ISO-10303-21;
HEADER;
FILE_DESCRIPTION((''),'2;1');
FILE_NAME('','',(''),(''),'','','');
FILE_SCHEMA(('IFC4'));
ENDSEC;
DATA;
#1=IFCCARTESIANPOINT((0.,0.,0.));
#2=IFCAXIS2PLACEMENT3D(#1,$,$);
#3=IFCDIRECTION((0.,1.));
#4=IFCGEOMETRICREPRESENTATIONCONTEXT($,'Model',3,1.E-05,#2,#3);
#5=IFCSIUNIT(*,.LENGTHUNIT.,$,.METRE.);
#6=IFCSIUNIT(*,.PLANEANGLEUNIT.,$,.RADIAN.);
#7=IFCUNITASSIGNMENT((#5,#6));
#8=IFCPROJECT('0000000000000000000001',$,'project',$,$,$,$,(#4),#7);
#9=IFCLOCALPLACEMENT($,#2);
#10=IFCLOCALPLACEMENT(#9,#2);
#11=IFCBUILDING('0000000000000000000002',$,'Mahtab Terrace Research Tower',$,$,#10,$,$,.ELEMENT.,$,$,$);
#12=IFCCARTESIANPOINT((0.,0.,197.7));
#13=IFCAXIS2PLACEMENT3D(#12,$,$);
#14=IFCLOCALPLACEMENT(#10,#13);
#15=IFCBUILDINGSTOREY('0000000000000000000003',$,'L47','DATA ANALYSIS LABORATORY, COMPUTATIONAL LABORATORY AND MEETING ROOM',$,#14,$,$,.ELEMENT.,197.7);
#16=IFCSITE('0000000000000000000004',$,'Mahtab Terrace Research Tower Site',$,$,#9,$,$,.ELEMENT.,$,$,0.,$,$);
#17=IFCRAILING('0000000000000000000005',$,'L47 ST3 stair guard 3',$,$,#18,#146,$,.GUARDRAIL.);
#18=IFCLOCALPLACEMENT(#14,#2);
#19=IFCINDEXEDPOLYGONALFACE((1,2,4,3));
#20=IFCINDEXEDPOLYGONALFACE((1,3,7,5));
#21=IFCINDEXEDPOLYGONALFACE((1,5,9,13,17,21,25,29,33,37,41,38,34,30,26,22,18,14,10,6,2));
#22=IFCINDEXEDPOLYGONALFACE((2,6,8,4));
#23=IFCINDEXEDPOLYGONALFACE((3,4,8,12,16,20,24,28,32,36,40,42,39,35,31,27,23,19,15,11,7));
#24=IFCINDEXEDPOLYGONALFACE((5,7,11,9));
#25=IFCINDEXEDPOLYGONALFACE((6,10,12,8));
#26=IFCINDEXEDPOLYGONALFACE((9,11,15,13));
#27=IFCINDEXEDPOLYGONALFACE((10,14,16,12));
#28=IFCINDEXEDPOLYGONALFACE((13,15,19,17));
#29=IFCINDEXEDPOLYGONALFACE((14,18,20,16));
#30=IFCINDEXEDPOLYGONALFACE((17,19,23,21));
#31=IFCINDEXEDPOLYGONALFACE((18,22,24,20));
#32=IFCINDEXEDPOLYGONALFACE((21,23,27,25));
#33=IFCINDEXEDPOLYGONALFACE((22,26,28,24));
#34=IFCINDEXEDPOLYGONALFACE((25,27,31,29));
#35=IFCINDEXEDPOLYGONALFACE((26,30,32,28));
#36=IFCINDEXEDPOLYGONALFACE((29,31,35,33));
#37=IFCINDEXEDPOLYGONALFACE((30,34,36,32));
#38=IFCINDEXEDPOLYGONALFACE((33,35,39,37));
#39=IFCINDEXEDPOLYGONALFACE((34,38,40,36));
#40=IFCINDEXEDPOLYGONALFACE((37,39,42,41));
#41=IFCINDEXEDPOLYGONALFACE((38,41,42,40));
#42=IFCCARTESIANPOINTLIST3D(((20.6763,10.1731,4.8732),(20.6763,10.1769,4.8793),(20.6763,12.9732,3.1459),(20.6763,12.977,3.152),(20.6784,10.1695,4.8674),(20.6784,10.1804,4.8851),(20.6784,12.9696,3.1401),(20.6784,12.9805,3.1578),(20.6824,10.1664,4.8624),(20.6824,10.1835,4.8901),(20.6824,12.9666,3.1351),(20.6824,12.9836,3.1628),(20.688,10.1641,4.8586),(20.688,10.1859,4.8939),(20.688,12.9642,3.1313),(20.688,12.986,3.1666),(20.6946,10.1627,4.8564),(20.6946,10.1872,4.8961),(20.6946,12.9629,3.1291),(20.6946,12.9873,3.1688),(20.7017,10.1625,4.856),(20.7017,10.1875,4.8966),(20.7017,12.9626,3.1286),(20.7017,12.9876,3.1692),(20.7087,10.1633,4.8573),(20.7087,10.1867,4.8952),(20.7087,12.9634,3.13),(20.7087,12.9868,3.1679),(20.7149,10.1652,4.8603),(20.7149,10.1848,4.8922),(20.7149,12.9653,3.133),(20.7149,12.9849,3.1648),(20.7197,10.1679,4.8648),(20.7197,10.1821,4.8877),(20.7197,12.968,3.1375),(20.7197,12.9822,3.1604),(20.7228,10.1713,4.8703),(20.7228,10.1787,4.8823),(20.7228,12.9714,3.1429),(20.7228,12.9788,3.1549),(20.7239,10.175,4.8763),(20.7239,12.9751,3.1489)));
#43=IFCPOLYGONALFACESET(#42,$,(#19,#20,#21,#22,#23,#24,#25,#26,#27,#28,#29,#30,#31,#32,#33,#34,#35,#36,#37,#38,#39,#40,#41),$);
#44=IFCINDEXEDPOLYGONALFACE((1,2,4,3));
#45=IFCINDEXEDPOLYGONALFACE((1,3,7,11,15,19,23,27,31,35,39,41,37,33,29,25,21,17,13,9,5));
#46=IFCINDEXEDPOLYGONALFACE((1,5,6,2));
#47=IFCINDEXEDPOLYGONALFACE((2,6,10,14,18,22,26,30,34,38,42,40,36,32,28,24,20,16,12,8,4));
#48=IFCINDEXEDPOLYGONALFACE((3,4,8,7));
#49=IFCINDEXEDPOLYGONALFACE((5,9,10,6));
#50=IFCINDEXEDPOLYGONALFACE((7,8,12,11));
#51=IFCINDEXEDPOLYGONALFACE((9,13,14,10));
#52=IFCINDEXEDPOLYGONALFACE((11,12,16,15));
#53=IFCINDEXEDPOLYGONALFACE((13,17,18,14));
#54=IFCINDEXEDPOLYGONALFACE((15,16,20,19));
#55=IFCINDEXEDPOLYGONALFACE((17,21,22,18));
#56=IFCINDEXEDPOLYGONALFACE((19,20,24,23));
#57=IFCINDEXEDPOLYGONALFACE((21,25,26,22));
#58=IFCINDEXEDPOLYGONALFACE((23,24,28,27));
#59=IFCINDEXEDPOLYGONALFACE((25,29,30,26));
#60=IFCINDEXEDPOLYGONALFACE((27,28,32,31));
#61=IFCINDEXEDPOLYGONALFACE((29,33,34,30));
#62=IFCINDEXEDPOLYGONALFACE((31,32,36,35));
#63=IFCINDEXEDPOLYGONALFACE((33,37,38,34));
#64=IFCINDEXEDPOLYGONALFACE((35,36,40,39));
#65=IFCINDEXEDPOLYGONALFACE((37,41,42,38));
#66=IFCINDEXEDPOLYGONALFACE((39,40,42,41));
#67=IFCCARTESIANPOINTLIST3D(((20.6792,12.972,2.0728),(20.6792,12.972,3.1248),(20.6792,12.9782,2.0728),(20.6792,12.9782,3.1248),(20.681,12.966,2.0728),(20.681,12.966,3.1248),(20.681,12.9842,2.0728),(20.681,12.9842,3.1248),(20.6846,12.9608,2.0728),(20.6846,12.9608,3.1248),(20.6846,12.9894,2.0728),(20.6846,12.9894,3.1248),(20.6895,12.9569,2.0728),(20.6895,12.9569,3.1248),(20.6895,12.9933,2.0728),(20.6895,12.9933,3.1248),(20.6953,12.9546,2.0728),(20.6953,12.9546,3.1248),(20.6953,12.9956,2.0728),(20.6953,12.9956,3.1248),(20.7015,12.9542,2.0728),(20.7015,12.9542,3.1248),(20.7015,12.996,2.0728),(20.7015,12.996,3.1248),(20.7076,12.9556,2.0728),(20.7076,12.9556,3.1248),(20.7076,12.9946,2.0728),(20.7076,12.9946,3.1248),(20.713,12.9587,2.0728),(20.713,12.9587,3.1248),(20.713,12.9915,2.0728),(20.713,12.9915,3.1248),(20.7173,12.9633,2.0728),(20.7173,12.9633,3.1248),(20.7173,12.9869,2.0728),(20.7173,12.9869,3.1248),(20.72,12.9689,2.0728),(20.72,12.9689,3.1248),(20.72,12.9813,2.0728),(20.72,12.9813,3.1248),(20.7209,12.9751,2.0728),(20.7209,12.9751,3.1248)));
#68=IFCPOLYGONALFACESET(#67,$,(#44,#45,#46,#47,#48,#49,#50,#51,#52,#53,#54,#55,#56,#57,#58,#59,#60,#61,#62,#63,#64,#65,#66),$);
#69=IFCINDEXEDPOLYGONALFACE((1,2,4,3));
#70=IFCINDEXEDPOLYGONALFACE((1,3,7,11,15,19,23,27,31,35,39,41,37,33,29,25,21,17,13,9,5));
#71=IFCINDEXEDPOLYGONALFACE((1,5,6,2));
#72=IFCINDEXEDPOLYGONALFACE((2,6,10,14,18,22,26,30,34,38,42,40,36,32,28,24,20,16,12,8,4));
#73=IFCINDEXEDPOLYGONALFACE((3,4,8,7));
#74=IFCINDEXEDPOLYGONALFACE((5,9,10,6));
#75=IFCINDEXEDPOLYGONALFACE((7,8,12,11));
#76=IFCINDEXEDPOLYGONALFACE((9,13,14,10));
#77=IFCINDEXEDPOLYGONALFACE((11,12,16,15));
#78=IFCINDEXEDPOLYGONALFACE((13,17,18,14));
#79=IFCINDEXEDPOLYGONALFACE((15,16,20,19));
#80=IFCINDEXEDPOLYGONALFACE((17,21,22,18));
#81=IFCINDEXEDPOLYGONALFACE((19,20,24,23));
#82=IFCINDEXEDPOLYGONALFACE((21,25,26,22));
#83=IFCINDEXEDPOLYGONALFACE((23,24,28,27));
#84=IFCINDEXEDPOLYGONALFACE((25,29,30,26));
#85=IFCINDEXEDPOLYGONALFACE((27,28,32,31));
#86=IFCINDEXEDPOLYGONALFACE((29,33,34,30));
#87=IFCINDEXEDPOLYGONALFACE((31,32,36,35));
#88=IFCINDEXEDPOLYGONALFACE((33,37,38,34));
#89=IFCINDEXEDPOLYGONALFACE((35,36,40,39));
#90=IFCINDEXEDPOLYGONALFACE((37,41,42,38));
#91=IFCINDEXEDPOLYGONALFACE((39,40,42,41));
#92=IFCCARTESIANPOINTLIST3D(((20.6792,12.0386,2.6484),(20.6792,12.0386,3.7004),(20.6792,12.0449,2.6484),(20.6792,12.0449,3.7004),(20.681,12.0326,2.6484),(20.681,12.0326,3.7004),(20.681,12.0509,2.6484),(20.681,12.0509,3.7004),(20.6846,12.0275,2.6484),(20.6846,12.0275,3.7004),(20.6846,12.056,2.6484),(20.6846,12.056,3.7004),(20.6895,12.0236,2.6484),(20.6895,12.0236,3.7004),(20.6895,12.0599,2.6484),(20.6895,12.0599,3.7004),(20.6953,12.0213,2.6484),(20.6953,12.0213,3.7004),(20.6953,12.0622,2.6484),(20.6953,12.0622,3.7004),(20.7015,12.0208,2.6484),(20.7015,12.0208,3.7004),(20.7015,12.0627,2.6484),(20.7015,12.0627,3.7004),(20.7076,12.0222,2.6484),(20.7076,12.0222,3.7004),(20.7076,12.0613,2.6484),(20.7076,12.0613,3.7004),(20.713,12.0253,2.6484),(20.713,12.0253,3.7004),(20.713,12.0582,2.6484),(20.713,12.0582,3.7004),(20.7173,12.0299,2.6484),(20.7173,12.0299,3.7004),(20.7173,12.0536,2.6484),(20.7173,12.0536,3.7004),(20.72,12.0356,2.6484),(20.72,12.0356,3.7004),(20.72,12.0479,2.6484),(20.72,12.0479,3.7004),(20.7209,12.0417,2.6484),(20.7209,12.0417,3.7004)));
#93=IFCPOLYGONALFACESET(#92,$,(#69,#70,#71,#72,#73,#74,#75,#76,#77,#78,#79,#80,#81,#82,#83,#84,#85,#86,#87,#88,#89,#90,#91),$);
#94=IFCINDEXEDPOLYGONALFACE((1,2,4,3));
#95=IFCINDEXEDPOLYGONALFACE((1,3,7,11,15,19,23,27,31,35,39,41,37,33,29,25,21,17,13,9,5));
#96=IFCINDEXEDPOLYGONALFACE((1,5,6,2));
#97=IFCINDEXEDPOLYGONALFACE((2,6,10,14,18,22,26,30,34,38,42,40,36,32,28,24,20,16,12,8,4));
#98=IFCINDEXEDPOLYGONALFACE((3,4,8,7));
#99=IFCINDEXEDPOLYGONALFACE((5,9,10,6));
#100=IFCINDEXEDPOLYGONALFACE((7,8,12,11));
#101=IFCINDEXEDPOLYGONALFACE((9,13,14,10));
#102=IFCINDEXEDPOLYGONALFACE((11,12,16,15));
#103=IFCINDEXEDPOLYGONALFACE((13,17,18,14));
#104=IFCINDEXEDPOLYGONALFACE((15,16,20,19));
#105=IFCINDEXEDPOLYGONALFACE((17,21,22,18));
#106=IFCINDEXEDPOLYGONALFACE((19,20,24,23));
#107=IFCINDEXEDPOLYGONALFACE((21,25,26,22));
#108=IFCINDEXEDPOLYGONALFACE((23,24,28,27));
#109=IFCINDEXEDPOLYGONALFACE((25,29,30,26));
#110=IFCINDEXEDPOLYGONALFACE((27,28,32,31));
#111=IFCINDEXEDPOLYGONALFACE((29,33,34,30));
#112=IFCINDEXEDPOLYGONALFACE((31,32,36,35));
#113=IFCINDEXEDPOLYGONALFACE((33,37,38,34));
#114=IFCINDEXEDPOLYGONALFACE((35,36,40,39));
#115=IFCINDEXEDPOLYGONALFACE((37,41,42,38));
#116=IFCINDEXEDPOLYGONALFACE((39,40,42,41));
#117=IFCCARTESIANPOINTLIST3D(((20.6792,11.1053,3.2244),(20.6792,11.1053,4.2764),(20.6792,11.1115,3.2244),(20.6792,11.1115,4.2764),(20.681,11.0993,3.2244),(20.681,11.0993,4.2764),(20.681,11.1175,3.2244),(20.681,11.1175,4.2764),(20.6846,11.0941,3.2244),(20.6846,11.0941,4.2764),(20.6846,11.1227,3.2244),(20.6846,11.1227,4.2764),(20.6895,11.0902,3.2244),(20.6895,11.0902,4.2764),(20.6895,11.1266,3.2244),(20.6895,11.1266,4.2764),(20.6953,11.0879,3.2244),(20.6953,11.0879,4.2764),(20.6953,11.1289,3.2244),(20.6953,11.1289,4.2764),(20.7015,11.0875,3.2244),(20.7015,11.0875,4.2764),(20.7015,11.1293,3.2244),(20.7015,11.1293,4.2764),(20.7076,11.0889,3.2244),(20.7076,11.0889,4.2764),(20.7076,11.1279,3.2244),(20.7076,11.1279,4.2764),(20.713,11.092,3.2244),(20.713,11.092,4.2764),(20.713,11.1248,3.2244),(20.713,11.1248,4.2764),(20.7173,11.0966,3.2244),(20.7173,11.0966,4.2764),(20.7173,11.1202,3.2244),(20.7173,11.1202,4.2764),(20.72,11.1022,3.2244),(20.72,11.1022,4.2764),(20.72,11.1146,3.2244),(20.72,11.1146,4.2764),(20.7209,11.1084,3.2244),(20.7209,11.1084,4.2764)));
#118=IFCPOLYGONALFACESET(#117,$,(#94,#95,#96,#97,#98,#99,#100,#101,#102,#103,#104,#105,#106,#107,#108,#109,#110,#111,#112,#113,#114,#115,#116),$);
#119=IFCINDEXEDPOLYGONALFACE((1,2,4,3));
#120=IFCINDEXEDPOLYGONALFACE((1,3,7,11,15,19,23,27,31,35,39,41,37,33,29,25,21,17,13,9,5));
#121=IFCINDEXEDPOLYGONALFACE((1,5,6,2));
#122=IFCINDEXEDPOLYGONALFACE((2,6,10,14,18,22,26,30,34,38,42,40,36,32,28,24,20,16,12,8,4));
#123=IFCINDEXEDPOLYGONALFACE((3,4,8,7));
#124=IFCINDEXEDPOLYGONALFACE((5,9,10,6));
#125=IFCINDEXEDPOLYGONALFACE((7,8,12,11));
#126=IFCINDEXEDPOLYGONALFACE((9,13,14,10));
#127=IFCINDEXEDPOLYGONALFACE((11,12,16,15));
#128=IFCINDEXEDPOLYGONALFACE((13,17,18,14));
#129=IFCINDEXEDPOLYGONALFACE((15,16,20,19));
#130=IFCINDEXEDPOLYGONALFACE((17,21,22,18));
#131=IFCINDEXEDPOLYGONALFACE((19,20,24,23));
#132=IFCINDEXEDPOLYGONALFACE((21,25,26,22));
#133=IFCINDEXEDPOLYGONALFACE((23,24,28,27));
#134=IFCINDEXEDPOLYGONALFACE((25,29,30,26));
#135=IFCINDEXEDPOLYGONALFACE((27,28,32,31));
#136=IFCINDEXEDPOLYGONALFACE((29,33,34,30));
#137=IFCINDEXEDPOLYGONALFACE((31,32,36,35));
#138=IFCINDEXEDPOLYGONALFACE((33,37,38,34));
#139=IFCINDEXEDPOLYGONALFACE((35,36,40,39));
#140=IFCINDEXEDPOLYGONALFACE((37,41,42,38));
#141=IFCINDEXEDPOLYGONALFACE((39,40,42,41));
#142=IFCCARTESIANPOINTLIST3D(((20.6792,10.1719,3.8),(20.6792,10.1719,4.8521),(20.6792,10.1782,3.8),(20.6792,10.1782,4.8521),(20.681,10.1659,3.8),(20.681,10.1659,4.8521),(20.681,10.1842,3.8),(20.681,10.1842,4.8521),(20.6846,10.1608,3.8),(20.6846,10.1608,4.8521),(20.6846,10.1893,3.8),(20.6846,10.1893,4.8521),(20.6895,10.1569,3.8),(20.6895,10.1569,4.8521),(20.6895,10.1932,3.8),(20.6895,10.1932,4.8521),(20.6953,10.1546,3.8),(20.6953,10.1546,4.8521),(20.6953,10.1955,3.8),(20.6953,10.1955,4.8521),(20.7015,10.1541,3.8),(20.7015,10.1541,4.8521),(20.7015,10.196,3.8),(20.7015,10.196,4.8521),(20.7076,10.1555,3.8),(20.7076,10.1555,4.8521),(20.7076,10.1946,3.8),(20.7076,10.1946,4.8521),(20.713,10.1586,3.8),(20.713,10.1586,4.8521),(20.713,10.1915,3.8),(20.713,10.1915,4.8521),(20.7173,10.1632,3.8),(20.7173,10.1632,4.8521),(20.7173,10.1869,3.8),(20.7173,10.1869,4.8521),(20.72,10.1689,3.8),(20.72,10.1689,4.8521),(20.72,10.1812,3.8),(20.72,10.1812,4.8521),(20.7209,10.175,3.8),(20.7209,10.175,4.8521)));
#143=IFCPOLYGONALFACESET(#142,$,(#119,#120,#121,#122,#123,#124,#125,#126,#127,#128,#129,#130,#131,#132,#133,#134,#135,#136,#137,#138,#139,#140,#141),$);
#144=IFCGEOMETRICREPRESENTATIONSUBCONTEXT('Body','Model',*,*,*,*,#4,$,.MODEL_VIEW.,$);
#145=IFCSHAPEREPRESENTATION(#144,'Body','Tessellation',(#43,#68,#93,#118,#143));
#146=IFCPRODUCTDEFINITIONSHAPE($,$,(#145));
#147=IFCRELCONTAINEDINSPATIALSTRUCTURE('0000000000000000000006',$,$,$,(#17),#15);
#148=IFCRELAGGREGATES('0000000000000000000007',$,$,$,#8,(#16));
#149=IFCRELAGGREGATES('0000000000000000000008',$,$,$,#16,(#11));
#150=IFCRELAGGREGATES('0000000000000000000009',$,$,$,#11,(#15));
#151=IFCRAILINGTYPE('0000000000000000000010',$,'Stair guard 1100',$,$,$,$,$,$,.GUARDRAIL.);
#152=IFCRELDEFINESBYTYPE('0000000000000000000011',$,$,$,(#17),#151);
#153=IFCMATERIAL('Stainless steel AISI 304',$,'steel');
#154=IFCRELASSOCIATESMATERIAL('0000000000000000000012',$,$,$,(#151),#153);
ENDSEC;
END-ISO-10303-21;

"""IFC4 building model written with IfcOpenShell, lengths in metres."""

from ifc_helpers import new_model, si_unit, direction, frame, origin, origin_2d, place, context, subcontext, project, spatial, circle, extrude, material, type_object, element, save


model = new_model("IFC4")

# Units and contexts
model_context = context("Model", 3, precision=1e-05, world=origin(), true_north=direction((0.0, 1.0)))
body_context = subcontext(model_context, "Body", "Model", "MODEL_VIEW")
ifc_project = project(units=[si_unit("LENGTHUNIT", "METRE"), si_unit("PLANEANGLEUNIT", "RADIAN")], contexts=[model_context])

# Site, building, storey
site_placement = place(None, origin())
site = spatial("IfcSite", under=ifc_project, at=site_placement, Name="Mahtab Terrace Research Tower Site", CompositionType="ELEMENT", RefElevation=0.0)
building_placement = place(site_placement, origin())
building = spatial("IfcBuilding", under=site, at=building_placement, Name="Mahtab Terrace Research Tower", CompositionType="ELEMENT")
storey_placement = place(building_placement, frame((0.0, 0.0, 197.7)))
storey = spatial("IfcBuildingStorey", under=building, at=storey_placement, Name="L47", Description="DATA ANALYSIS LABORATORY, COMPUTATIONAL LABORATORY AND MEETING ROOM", CompositionType="ELEMENT", Elevation=197.7)

# Railing
ifc_material_1 = material(Name="Stainless steel AISI 304", Category="steel")
railing_type_1 = type_object("IfcRailingType", Name="Stair guard 1100", PredefinedType="GUARDRAIL", material=ifc_material_1)
railing_1_placement = place(storey_placement, frame((20.7, 12.9751, 2.0728)))
element("IfcRailing", 1, at=railing_1_placement, inside=storey, type_object=railing_type_1, Name="L47 ST3 stair guard 3", PredefinedType="GUARDRAIL", context=body_context, shape_type="SweptSolid", body=[
    extrude(circle(Radius=0.0239, at=origin_2d()), frame((0.0, 0.0, 1.0762), z_axis=(0.0, -0.85109, 0.52502), x_axis=(1.0, 0.0, 0.0)), (0.0, 0.0, 1.0), 3.29),
    extrude(circle(Radius=0.021, at=origin_2d()), origin(), (0.0, 0.0, 1.0), 1.052),
    extrude(circle(Radius=0.021, at=origin_2d()), frame((0.0, -0.9333, 0.5757)), (0.0, 0.0, 1.0), 1.052),
    extrude(circle(Radius=0.021, at=origin_2d()), frame((0.0, -1.8667, 1.1516)), (0.0, 0.0, 1.0), 1.052),
    extrude(circle(Radius=0.021, at=origin_2d()), frame((0.0, -2.8, 1.7273)), (0.0, 0.0, 1.0), 1.052),
])

save(model, "model.ifc")
